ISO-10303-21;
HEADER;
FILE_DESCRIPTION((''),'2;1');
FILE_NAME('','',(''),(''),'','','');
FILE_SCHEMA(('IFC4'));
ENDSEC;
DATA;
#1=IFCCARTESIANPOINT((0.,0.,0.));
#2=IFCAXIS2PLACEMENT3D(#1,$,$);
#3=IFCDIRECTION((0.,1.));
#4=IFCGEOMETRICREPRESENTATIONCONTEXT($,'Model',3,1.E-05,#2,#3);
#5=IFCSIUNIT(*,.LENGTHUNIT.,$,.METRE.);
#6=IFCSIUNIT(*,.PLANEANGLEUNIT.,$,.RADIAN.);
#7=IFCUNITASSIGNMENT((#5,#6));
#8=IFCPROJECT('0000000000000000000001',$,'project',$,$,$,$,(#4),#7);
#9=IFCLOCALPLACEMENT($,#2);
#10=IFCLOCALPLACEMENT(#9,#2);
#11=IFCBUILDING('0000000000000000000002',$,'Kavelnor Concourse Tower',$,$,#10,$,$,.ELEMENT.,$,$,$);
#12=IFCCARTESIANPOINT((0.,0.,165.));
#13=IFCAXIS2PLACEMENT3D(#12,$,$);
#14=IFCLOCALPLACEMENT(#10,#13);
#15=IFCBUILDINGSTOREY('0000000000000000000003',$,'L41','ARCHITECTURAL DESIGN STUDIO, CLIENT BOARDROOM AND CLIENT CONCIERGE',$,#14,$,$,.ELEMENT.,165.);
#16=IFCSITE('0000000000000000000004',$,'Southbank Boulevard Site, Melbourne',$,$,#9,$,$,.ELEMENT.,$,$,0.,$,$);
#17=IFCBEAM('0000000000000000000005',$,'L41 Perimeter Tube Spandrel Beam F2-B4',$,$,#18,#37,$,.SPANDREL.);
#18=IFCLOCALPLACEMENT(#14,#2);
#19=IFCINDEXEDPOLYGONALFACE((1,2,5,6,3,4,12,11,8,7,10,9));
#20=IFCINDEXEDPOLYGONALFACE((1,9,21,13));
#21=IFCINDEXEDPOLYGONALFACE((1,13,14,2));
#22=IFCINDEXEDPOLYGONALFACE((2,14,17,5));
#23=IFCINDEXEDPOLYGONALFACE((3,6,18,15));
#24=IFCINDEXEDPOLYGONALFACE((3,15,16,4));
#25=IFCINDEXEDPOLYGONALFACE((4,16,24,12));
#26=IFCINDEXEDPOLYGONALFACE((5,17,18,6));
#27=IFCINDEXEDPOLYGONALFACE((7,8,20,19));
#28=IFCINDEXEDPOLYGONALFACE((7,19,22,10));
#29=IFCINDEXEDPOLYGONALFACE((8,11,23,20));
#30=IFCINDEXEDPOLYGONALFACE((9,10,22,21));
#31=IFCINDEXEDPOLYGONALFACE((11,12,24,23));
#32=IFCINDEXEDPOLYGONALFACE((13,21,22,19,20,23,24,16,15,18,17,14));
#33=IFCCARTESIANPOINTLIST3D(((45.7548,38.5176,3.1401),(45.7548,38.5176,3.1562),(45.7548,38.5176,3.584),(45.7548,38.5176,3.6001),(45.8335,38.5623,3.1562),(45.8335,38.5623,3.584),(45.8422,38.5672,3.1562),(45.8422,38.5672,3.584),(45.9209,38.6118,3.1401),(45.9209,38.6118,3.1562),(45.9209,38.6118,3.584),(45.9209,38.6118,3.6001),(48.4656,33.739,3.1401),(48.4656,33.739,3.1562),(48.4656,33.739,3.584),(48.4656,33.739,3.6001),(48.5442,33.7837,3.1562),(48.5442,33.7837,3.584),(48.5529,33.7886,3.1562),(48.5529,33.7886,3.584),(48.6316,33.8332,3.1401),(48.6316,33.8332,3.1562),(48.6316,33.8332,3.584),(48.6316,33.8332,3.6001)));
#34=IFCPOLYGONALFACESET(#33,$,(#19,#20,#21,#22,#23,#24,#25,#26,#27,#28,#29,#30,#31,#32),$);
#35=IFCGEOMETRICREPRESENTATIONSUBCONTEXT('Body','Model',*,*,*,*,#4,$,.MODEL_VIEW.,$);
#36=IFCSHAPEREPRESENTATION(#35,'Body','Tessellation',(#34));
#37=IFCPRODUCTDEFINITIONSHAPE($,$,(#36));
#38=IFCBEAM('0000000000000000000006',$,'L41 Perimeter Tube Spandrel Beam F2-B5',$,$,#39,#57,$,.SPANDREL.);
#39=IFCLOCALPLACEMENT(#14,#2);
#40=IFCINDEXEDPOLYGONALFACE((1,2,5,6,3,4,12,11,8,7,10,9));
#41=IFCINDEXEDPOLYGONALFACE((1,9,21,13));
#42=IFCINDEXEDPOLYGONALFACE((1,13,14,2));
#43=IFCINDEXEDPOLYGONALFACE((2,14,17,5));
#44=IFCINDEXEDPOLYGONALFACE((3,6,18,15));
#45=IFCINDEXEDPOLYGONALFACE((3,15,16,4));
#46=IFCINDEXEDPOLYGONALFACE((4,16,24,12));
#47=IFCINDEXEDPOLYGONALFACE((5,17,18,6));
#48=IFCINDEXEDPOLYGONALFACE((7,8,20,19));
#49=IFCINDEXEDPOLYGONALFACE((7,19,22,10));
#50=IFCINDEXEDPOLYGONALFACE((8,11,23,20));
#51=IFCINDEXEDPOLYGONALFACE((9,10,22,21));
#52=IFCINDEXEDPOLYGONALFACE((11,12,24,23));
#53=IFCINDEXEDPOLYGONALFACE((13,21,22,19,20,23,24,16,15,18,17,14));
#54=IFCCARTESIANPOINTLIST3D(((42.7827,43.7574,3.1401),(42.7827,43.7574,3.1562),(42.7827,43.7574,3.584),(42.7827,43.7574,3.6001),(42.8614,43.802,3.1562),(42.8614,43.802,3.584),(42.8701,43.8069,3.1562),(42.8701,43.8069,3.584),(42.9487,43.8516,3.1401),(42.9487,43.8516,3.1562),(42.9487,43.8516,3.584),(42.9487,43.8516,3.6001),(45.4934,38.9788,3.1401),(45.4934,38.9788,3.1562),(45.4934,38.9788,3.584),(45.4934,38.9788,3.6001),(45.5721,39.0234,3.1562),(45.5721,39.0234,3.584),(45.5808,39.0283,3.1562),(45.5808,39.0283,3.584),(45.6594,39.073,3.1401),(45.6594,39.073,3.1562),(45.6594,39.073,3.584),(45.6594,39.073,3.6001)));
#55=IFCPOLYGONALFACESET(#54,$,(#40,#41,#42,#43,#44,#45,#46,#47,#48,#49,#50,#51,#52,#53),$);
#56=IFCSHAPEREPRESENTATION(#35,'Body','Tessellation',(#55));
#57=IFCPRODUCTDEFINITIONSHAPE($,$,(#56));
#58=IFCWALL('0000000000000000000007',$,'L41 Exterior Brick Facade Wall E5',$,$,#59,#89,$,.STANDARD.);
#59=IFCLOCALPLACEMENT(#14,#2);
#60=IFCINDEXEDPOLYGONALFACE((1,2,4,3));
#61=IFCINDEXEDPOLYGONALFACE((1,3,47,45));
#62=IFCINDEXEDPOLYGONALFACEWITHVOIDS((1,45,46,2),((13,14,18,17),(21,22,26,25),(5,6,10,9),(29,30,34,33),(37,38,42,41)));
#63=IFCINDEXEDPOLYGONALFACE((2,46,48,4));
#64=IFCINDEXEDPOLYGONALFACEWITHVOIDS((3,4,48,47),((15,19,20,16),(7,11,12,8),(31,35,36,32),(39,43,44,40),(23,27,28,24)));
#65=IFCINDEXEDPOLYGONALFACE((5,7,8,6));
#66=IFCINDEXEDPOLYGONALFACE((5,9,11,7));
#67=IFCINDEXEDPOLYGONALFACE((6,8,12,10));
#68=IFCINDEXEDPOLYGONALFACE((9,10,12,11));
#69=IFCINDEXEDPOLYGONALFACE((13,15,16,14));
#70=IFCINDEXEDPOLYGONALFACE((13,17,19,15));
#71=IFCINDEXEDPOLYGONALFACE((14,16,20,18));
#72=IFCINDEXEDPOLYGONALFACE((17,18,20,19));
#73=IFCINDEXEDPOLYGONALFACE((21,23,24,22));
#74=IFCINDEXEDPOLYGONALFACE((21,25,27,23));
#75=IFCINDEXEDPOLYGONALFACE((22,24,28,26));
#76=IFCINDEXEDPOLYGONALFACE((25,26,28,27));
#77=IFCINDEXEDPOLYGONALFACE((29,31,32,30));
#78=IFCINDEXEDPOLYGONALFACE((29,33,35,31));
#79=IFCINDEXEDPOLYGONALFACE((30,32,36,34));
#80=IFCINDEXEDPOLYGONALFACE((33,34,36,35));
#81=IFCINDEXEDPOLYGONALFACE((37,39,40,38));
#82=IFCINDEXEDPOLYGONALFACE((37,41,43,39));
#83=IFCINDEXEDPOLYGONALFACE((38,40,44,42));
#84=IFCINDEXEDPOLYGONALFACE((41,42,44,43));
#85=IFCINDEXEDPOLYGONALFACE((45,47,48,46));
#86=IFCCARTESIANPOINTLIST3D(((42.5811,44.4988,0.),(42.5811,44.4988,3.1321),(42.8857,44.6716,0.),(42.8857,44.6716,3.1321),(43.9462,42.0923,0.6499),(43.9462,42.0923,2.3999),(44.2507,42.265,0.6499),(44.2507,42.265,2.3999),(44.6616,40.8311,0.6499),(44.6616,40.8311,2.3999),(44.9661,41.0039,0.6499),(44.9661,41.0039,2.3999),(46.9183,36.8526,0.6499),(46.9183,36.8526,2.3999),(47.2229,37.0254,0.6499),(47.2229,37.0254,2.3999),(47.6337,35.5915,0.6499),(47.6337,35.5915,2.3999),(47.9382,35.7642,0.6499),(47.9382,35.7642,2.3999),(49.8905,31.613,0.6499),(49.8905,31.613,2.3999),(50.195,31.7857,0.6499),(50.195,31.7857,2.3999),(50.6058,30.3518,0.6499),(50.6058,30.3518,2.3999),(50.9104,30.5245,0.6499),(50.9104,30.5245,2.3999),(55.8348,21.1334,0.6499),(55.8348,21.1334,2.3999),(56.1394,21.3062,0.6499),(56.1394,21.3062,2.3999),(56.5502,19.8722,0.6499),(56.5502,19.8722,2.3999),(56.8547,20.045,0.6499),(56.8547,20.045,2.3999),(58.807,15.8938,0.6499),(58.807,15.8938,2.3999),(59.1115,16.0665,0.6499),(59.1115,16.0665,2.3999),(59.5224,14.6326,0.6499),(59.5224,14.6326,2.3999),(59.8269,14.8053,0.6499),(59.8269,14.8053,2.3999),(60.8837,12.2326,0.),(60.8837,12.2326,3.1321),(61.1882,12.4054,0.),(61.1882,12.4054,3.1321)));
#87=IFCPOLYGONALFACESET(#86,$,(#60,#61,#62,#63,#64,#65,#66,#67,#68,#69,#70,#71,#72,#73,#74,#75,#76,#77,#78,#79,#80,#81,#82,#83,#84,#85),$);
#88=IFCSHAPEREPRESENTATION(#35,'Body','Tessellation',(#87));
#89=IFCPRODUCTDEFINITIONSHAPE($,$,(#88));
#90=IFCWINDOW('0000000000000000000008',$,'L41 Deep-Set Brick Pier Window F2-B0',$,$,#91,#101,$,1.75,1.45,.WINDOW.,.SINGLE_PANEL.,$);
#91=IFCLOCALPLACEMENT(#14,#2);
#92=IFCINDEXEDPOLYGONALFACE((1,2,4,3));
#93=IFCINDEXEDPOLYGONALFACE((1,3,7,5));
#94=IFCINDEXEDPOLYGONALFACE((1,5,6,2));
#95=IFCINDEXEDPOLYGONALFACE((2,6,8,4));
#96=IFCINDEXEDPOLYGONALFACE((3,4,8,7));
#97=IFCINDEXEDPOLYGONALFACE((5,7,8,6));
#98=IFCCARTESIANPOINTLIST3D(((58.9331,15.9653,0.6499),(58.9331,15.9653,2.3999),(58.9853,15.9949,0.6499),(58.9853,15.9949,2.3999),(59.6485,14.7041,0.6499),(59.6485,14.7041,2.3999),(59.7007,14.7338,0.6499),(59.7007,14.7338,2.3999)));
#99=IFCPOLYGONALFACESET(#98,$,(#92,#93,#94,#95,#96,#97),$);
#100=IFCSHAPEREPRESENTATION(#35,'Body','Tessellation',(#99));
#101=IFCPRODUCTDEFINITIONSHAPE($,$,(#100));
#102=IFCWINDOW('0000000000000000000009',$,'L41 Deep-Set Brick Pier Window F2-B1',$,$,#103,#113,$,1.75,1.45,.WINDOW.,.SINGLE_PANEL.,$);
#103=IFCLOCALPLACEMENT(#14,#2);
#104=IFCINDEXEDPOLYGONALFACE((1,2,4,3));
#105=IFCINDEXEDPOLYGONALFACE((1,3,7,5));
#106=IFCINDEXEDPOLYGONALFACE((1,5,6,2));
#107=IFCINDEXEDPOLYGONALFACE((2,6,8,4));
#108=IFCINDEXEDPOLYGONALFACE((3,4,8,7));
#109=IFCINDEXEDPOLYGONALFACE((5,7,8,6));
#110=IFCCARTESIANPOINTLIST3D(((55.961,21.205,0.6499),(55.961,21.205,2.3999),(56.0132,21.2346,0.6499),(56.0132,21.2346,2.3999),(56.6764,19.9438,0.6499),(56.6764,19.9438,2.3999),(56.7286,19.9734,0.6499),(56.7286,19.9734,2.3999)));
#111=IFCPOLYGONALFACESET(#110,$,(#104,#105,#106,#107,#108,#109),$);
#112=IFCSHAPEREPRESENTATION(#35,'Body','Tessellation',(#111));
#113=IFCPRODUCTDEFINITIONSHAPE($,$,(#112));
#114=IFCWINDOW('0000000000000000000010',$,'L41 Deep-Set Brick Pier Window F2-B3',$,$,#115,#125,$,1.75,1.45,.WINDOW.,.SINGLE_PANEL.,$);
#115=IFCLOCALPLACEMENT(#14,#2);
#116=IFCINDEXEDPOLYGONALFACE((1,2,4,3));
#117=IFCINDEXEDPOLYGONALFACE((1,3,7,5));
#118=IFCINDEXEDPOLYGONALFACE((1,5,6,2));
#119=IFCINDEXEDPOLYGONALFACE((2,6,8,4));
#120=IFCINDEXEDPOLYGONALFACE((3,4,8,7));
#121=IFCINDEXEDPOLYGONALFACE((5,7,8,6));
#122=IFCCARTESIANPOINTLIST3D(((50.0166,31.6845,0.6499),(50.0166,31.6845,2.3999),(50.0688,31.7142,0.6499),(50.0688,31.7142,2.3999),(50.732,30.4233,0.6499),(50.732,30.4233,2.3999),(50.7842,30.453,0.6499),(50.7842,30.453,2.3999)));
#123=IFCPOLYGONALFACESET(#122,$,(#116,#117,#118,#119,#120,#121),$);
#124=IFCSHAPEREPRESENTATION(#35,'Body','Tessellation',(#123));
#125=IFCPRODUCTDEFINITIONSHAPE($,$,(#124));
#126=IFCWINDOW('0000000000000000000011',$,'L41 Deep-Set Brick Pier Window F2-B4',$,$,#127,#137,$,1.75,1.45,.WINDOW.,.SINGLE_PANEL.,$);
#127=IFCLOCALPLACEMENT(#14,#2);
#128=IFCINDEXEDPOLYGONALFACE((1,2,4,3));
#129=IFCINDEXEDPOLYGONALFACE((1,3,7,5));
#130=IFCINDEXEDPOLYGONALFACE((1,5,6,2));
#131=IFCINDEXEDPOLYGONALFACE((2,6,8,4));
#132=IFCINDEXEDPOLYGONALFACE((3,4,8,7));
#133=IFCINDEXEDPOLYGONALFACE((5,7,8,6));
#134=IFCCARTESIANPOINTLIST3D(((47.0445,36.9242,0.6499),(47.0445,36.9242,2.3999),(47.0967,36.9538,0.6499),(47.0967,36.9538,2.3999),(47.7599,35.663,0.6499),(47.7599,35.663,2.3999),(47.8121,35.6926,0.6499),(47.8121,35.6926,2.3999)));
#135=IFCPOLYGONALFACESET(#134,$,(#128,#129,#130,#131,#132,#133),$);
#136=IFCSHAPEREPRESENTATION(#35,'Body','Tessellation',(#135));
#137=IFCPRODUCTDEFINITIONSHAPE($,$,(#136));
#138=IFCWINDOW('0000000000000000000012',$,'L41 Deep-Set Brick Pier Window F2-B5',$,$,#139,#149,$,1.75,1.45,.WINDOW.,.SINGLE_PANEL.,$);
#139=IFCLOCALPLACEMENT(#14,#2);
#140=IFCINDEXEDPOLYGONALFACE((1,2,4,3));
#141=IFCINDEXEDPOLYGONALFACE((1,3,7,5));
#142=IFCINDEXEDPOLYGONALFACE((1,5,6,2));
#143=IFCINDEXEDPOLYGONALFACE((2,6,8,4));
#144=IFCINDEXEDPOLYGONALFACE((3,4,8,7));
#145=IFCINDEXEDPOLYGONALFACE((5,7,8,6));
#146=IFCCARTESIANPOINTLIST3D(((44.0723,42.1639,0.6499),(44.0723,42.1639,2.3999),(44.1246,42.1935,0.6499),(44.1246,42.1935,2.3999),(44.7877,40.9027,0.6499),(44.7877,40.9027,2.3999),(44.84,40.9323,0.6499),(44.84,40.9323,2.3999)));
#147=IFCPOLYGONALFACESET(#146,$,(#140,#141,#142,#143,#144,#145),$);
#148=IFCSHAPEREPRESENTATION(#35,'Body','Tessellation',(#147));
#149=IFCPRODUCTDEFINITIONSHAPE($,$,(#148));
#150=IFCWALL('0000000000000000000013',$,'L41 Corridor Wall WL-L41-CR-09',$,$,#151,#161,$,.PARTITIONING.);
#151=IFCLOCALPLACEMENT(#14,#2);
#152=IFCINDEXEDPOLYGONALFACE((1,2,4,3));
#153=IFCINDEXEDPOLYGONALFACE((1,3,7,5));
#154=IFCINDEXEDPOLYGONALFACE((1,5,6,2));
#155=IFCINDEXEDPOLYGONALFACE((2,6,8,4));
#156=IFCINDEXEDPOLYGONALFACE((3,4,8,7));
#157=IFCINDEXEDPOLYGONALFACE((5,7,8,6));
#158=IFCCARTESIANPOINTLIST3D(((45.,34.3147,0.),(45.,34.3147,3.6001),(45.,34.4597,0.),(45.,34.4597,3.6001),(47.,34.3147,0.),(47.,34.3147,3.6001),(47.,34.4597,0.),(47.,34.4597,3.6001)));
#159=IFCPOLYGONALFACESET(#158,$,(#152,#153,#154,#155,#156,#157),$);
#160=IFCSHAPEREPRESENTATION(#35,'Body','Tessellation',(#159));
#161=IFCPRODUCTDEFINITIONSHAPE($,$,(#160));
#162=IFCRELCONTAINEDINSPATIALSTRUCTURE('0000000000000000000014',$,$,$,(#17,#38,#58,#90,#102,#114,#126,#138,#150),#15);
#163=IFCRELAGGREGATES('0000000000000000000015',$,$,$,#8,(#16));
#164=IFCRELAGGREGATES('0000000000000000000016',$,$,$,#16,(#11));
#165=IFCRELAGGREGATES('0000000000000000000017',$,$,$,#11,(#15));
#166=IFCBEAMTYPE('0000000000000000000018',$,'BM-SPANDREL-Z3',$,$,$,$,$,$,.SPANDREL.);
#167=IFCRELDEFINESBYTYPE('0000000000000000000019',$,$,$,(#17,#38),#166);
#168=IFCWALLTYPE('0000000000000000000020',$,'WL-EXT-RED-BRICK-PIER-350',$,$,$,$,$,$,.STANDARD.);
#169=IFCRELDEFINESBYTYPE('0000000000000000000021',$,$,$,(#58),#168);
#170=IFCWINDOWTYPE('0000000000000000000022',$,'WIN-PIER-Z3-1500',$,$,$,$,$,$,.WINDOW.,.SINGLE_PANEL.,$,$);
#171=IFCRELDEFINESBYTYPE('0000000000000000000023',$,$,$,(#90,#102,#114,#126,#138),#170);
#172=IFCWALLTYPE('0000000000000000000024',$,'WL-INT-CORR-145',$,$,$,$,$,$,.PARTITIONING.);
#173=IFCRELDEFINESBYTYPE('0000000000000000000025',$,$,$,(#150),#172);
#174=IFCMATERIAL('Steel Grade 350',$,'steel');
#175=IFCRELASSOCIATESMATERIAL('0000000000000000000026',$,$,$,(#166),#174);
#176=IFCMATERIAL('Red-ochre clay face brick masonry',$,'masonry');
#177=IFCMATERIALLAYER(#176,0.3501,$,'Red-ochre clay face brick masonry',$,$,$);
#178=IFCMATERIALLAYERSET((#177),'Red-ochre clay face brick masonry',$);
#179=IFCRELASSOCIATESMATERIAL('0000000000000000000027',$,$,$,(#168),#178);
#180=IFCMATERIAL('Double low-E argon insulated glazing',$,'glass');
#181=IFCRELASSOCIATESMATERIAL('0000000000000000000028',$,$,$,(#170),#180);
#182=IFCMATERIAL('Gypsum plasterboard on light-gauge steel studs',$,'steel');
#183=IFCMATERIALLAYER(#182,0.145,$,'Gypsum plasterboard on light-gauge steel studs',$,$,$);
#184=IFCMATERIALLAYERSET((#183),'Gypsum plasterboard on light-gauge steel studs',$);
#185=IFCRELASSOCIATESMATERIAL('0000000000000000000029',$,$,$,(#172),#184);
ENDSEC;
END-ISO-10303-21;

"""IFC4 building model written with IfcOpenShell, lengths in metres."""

from ifc_helpers import new_model, si_unit, direction, frame, frame_2d, origin, origin_2d, place, context, subcontext, project, spatial, rectangle, i_section, extrude, material, layer, layer_set, material_profile, profile_set, type_object, element, fill, save


model = new_model("IFC4")

# Units and contexts
model_context = context("Model", 3, precision=1e-05, world=origin(), true_north=direction((0.0, 1.0)))
body_context = subcontext(model_context, "Body", "Model", "MODEL_VIEW")
ifc_project = project(units=[si_unit("LENGTHUNIT", "METRE"), si_unit("PLANEANGLEUNIT", "RADIAN")], contexts=[model_context])

# Site, building, storey
site_placement = place(None, origin())
site = spatial("IfcSite", under=ifc_project, at=site_placement, Name="Southbank Boulevard Site, Melbourne", CompositionType="ELEMENT", RefElevation=0.0)
building_placement = place(site_placement, origin())
building = spatial("IfcBuilding", under=site, at=building_placement, Name="Kavelnor Concourse Tower", CompositionType="ELEMENT")
storey_placement = place(building_placement, frame((0.0, 0.0, 165.0)))
storey = spatial("IfcBuildingStorey", under=building, at=storey_placement, Name="L41", Description="ARCHITECTURAL DESIGN STUDIO, CLIENT BOARDROOM AND CLIENT CONCIERGE", CompositionType="ELEMENT", Elevation=165.0)

# Shared definitions
ifc_material_1 = material(Name="Steel Grade 350", Category="steel")

# Beams
ifc_material_profile_1 = material_profile(ifc_material_1, i_section(OverallWidth=0.1909, OverallDepth=0.46, WebThickness=0.01, FlangeThickness=0.0161, at=origin_2d()), Name="460UB82")
ifc_profile_set_1 = profile_set([ifc_material_profile_1], Name="Steel Grade 350")
beam_type_1 = type_object("IfcBeamType", Name="BM-SPANDREL-Z3", PredefinedType="SPANDREL", material=ifc_profile_set_1)
for number, where, z_axis, x_axis, name in (
    (1, (48.5486, 33.7861, 3.3701), (-0.493404, 0.8698, 0.0), (-0.8698, -0.493404, 0.0), "L41 Perimeter Tube Spandrel Beam F2-B4"),
    (2, (45.5764, 39.0259, 3.3701), (-0.493404, 0.8698, 0.0), (-0.8698, -0.493404, 0.0), "L41 Perimeter Tube Spandrel Beam F2-B5"),
):
    element("IfcBeam", number, at=place(storey_placement, frame(where, z_axis=z_axis, x_axis=x_axis)), inside=storey, type_object=beam_type_1, Name=name, PredefinedType="SPANDREL", context=body_context, shape_type="SweptSolid", body=[
        extrude(i_section(OverallWidth=0.1909, OverallDepth=0.46, WebThickness=0.01, FlangeThickness=0.0161, at=origin_2d()), origin(), (0.0, 0.0, 1.0), 5.4939),
    ])

# Wall, openings, windows
ifc_material_2 = material(Name="Red-ochre clay face brick masonry", Category="masonry")
ifc_layer_1 = layer(ifc_material_2, 0.3501, Name="Red-ochre clay face brick masonry")
ifc_layer_set_1 = layer_set([ifc_layer_1], Name="Red-ochre clay face brick masonry")
wall_type_1 = type_object("IfcWallType", Name="WL-EXT-RED-BRICK-PIER-350", PredefinedType="STANDARD", material=ifc_layer_set_1)
wall_1_placement = place(storey_placement, frame((42.7334, 44.5852, 0.0), z_axis=(0.0, 0.0, 1.0), x_axis=(0.493387, -0.86981, 0.0)))
wall_1 = element("IfcWall", 3, at=wall_1_placement, inside=storey, type_object=wall_type_1, Name="L41 Exterior Brick Facade Wall E5", PredefinedType="STANDARD", context=body_context, shape_type="SweptSolid", body=[
    extrude(rectangle(XDim=37.0957, YDim=0.3501, at=frame_2d((18.5479, 0.0))), origin(), (0.0, 0.0, 1.0), 3.1321),
])
opening_1_placement = place(wall_1_placement, frame((32.8865, 0.0, 0.6499)))
opening_1 = element("IfcOpeningElement", 4, at=opening_1_placement, cuts=wall_1, PredefinedType="OPENING", context=body_context, shape_type="SweptSolid", body=[
    extrude(rectangle(XDim=1.45, YDim=1.75, at=frame_2d((0.7251, 0.875))), frame((0.0, 0.1851, 0.0), z_axis=(0.0, -1.0, 0.0), x_axis=(1.0, 0.0, 0.0)), (0.0, 0.0, 1.0), 0.3701),
])
opening_2_placement = place(wall_1_placement, frame((26.8625, 0.0, 0.6499)))
opening_2 = element("IfcOpeningElement", 5, at=opening_2_placement, cuts=wall_1, PredefinedType="OPENING", context=body_context, shape_type="SweptSolid", body=[
    extrude(rectangle(XDim=1.45, YDim=1.75, at=frame_2d((0.7251, 0.875))), frame((0.0, 0.1851, 0.0), z_axis=(0.0, -1.0, 0.0), x_axis=(1.0, 0.0, 0.0)), (0.0, 0.0, 1.0), 0.3701),
])
opening_3_placement = place(wall_1_placement, frame((14.8145, 0.0, 0.6499)))
opening_3 = element("IfcOpeningElement", 6, at=opening_3_placement, cuts=wall_1, PredefinedType="OPENING", context=body_context, shape_type="SweptSolid", body=[
    extrude(rectangle(XDim=1.45, YDim=1.75, at=frame_2d((0.7251, 0.875))), frame((0.0, 0.1851, 0.0), z_axis=(0.0, -1.0, 0.0), x_axis=(1.0, 0.0, 0.0)), (0.0, 0.0, 1.0), 0.3701),
])
opening_4_placement = place(wall_1_placement, frame((8.7905, 0.0, 0.6499)))
opening_4 = element("IfcOpeningElement", 7, at=opening_4_placement, cuts=wall_1, PredefinedType="OPENING", context=body_context, shape_type="SweptSolid", body=[
    extrude(rectangle(XDim=1.45, YDim=1.75, at=frame_2d((0.7251, 0.875))), frame((0.0, 0.1851, 0.0), z_axis=(0.0, -1.0, 0.0), x_axis=(1.0, 0.0, 0.0)), (0.0, 0.0, 1.0), 0.3701),
])
opening_5_placement = place(wall_1_placement, frame((2.7666, 0.0, 0.6499)))
opening_5 = element("IfcOpeningElement", 8, at=opening_5_placement, cuts=wall_1, PredefinedType="OPENING", context=body_context, shape_type="SweptSolid", body=[
    extrude(rectangle(XDim=1.45, YDim=1.75, at=frame_2d((0.7251, 0.875))), frame((0.0, 0.1851, 0.0), z_axis=(0.0, -1.0, 0.0), x_axis=(1.0, 0.0, 0.0)), (0.0, 0.0, 1.0), 0.3701),
])
ifc_material_3 = material(Name="Double low-E argon insulated glazing", Category="glass")
window_type = type_object("IfcWindowType", Name="WIN-PIER-Z3-1500", PartitioningType="SINGLE_PANEL", PredefinedType="WINDOW", material=ifc_material_3)
window_1_placement = place(opening_1_placement, origin())
window_1 = element("IfcWindow", 9, at=window_1_placement, inside=storey, type_object=window_type, Name="L41 Deep-Set Brick Pier Window F2-B0", OverallHeight=1.75, OverallWidth=1.45, PartitioningType="SINGLE_PANEL", PredefinedType="WINDOW", context=body_context, shape_type="SweptSolid", body=[
    extrude(rectangle(XDim=1.45, YDim=1.75, at=frame_2d((0.7251, 0.875))), frame((0.0, 0.03, 0.0), z_axis=(0.0, -1.0, 0.0), x_axis=(1.0, 0.0, 0.0)), (0.0, 0.0, 1.0), 0.0601),
])
fill(opening_1, window_1)
window_2_placement = place(opening_2_placement, origin())
window_2 = element("IfcWindow", 10, at=window_2_placement, inside=storey, type_object=window_type, Name="L41 Deep-Set Brick Pier Window F2-B1", OverallHeight=1.75, OverallWidth=1.45, PartitioningType="SINGLE_PANEL", PredefinedType="WINDOW", context=body_context, shape_type="SweptSolid", body=[
    extrude(rectangle(XDim=1.45, YDim=1.75, at=frame_2d((0.7251, 0.875))), frame((0.0, 0.03, 0.0), z_axis=(0.0, -1.0, 0.0), x_axis=(1.0, 0.0, 0.0)), (0.0, 0.0, 1.0), 0.0601),
])
fill(opening_2, window_2)
window_3_placement = place(opening_3_placement, origin())
window_3 = element("IfcWindow", 11, at=window_3_placement, inside=storey, type_object=window_type, Name="L41 Deep-Set Brick Pier Window F2-B3", OverallHeight=1.75, OverallWidth=1.45, PartitioningType="SINGLE_PANEL", PredefinedType="WINDOW", context=body_context, shape_type="SweptSolid", body=[
    extrude(rectangle(XDim=1.45, YDim=1.75, at=frame_2d((0.7251, 0.875))), frame((0.0, 0.03, 0.0), z_axis=(0.0, -1.0, 0.0), x_axis=(1.0, 0.0, 0.0)), (0.0, 0.0, 1.0), 0.0601),
])
fill(opening_3, window_3)
window_4_placement = place(opening_4_placement, origin())
window_4 = element("IfcWindow", 12, at=window_4_placement, inside=storey, type_object=window_type, Name="L41 Deep-Set Brick Pier Window F2-B4", OverallHeight=1.75, OverallWidth=1.45, PartitioningType="SINGLE_PANEL", PredefinedType="WINDOW", context=body_context, shape_type="SweptSolid", body=[
    extrude(rectangle(XDim=1.45, YDim=1.75, at=frame_2d((0.7251, 0.875))), frame((0.0, 0.03, 0.0), z_axis=(0.0, -1.0, 0.0), x_axis=(1.0, 0.0, 0.0)), (0.0, 0.0, 1.0), 0.0601),
])
fill(opening_4, window_4)
window_5_placement = place(opening_5_placement, origin())
window_5 = element("IfcWindow", 13, at=window_5_placement, inside=storey, type_object=window_type, Name="L41 Deep-Set Brick Pier Window F2-B5", OverallHeight=1.75, OverallWidth=1.45, PartitioningType="SINGLE_PANEL", PredefinedType="WINDOW", context=body_context, shape_type="SweptSolid", body=[
    extrude(rectangle(XDim=1.45, YDim=1.75, at=frame_2d((0.7251, 0.875))), frame((0.0, 0.03, 0.0), z_axis=(0.0, -1.0, 0.0), x_axis=(1.0, 0.0, 0.0)), (0.0, 0.0, 1.0), 0.0601),
])
fill(opening_5, window_5)

# Wall
ifc_material_4 = material(Name="Gypsum plasterboard on light-gauge steel studs", Category="steel")
ifc_layer_2 = layer(ifc_material_4, 0.145, Name="Gypsum plasterboard on light-gauge steel studs")
ifc_layer_set_2 = layer_set([ifc_layer_2], Name="Gypsum plasterboard on light-gauge steel studs")
wall_type_2 = type_object("IfcWallType", Name="WL-INT-CORR-145", PredefinedType="PARTITIONING", material=ifc_layer_set_2)
wall_2_placement = place(storey_placement, frame((45.0, 34.3872, 0.0), z_axis=(0.0, 0.0, 1.0), x_axis=(1.0, 0.0, 0.0)))
element("IfcWall", 14, at=wall_2_placement, inside=storey, type_object=wall_type_2, Name="L41 Corridor Wall WL-L41-CR-09", PredefinedType="PARTITIONING", context=body_context, shape_type="SweptSolid", body=[
    extrude(rectangle(XDim=2.0, YDim=0.145, at=frame_2d((1.0, 0.0))), origin(), (0.0, 0.0, 1.0), 3.6001),
])

save(model, "model.ifc")
